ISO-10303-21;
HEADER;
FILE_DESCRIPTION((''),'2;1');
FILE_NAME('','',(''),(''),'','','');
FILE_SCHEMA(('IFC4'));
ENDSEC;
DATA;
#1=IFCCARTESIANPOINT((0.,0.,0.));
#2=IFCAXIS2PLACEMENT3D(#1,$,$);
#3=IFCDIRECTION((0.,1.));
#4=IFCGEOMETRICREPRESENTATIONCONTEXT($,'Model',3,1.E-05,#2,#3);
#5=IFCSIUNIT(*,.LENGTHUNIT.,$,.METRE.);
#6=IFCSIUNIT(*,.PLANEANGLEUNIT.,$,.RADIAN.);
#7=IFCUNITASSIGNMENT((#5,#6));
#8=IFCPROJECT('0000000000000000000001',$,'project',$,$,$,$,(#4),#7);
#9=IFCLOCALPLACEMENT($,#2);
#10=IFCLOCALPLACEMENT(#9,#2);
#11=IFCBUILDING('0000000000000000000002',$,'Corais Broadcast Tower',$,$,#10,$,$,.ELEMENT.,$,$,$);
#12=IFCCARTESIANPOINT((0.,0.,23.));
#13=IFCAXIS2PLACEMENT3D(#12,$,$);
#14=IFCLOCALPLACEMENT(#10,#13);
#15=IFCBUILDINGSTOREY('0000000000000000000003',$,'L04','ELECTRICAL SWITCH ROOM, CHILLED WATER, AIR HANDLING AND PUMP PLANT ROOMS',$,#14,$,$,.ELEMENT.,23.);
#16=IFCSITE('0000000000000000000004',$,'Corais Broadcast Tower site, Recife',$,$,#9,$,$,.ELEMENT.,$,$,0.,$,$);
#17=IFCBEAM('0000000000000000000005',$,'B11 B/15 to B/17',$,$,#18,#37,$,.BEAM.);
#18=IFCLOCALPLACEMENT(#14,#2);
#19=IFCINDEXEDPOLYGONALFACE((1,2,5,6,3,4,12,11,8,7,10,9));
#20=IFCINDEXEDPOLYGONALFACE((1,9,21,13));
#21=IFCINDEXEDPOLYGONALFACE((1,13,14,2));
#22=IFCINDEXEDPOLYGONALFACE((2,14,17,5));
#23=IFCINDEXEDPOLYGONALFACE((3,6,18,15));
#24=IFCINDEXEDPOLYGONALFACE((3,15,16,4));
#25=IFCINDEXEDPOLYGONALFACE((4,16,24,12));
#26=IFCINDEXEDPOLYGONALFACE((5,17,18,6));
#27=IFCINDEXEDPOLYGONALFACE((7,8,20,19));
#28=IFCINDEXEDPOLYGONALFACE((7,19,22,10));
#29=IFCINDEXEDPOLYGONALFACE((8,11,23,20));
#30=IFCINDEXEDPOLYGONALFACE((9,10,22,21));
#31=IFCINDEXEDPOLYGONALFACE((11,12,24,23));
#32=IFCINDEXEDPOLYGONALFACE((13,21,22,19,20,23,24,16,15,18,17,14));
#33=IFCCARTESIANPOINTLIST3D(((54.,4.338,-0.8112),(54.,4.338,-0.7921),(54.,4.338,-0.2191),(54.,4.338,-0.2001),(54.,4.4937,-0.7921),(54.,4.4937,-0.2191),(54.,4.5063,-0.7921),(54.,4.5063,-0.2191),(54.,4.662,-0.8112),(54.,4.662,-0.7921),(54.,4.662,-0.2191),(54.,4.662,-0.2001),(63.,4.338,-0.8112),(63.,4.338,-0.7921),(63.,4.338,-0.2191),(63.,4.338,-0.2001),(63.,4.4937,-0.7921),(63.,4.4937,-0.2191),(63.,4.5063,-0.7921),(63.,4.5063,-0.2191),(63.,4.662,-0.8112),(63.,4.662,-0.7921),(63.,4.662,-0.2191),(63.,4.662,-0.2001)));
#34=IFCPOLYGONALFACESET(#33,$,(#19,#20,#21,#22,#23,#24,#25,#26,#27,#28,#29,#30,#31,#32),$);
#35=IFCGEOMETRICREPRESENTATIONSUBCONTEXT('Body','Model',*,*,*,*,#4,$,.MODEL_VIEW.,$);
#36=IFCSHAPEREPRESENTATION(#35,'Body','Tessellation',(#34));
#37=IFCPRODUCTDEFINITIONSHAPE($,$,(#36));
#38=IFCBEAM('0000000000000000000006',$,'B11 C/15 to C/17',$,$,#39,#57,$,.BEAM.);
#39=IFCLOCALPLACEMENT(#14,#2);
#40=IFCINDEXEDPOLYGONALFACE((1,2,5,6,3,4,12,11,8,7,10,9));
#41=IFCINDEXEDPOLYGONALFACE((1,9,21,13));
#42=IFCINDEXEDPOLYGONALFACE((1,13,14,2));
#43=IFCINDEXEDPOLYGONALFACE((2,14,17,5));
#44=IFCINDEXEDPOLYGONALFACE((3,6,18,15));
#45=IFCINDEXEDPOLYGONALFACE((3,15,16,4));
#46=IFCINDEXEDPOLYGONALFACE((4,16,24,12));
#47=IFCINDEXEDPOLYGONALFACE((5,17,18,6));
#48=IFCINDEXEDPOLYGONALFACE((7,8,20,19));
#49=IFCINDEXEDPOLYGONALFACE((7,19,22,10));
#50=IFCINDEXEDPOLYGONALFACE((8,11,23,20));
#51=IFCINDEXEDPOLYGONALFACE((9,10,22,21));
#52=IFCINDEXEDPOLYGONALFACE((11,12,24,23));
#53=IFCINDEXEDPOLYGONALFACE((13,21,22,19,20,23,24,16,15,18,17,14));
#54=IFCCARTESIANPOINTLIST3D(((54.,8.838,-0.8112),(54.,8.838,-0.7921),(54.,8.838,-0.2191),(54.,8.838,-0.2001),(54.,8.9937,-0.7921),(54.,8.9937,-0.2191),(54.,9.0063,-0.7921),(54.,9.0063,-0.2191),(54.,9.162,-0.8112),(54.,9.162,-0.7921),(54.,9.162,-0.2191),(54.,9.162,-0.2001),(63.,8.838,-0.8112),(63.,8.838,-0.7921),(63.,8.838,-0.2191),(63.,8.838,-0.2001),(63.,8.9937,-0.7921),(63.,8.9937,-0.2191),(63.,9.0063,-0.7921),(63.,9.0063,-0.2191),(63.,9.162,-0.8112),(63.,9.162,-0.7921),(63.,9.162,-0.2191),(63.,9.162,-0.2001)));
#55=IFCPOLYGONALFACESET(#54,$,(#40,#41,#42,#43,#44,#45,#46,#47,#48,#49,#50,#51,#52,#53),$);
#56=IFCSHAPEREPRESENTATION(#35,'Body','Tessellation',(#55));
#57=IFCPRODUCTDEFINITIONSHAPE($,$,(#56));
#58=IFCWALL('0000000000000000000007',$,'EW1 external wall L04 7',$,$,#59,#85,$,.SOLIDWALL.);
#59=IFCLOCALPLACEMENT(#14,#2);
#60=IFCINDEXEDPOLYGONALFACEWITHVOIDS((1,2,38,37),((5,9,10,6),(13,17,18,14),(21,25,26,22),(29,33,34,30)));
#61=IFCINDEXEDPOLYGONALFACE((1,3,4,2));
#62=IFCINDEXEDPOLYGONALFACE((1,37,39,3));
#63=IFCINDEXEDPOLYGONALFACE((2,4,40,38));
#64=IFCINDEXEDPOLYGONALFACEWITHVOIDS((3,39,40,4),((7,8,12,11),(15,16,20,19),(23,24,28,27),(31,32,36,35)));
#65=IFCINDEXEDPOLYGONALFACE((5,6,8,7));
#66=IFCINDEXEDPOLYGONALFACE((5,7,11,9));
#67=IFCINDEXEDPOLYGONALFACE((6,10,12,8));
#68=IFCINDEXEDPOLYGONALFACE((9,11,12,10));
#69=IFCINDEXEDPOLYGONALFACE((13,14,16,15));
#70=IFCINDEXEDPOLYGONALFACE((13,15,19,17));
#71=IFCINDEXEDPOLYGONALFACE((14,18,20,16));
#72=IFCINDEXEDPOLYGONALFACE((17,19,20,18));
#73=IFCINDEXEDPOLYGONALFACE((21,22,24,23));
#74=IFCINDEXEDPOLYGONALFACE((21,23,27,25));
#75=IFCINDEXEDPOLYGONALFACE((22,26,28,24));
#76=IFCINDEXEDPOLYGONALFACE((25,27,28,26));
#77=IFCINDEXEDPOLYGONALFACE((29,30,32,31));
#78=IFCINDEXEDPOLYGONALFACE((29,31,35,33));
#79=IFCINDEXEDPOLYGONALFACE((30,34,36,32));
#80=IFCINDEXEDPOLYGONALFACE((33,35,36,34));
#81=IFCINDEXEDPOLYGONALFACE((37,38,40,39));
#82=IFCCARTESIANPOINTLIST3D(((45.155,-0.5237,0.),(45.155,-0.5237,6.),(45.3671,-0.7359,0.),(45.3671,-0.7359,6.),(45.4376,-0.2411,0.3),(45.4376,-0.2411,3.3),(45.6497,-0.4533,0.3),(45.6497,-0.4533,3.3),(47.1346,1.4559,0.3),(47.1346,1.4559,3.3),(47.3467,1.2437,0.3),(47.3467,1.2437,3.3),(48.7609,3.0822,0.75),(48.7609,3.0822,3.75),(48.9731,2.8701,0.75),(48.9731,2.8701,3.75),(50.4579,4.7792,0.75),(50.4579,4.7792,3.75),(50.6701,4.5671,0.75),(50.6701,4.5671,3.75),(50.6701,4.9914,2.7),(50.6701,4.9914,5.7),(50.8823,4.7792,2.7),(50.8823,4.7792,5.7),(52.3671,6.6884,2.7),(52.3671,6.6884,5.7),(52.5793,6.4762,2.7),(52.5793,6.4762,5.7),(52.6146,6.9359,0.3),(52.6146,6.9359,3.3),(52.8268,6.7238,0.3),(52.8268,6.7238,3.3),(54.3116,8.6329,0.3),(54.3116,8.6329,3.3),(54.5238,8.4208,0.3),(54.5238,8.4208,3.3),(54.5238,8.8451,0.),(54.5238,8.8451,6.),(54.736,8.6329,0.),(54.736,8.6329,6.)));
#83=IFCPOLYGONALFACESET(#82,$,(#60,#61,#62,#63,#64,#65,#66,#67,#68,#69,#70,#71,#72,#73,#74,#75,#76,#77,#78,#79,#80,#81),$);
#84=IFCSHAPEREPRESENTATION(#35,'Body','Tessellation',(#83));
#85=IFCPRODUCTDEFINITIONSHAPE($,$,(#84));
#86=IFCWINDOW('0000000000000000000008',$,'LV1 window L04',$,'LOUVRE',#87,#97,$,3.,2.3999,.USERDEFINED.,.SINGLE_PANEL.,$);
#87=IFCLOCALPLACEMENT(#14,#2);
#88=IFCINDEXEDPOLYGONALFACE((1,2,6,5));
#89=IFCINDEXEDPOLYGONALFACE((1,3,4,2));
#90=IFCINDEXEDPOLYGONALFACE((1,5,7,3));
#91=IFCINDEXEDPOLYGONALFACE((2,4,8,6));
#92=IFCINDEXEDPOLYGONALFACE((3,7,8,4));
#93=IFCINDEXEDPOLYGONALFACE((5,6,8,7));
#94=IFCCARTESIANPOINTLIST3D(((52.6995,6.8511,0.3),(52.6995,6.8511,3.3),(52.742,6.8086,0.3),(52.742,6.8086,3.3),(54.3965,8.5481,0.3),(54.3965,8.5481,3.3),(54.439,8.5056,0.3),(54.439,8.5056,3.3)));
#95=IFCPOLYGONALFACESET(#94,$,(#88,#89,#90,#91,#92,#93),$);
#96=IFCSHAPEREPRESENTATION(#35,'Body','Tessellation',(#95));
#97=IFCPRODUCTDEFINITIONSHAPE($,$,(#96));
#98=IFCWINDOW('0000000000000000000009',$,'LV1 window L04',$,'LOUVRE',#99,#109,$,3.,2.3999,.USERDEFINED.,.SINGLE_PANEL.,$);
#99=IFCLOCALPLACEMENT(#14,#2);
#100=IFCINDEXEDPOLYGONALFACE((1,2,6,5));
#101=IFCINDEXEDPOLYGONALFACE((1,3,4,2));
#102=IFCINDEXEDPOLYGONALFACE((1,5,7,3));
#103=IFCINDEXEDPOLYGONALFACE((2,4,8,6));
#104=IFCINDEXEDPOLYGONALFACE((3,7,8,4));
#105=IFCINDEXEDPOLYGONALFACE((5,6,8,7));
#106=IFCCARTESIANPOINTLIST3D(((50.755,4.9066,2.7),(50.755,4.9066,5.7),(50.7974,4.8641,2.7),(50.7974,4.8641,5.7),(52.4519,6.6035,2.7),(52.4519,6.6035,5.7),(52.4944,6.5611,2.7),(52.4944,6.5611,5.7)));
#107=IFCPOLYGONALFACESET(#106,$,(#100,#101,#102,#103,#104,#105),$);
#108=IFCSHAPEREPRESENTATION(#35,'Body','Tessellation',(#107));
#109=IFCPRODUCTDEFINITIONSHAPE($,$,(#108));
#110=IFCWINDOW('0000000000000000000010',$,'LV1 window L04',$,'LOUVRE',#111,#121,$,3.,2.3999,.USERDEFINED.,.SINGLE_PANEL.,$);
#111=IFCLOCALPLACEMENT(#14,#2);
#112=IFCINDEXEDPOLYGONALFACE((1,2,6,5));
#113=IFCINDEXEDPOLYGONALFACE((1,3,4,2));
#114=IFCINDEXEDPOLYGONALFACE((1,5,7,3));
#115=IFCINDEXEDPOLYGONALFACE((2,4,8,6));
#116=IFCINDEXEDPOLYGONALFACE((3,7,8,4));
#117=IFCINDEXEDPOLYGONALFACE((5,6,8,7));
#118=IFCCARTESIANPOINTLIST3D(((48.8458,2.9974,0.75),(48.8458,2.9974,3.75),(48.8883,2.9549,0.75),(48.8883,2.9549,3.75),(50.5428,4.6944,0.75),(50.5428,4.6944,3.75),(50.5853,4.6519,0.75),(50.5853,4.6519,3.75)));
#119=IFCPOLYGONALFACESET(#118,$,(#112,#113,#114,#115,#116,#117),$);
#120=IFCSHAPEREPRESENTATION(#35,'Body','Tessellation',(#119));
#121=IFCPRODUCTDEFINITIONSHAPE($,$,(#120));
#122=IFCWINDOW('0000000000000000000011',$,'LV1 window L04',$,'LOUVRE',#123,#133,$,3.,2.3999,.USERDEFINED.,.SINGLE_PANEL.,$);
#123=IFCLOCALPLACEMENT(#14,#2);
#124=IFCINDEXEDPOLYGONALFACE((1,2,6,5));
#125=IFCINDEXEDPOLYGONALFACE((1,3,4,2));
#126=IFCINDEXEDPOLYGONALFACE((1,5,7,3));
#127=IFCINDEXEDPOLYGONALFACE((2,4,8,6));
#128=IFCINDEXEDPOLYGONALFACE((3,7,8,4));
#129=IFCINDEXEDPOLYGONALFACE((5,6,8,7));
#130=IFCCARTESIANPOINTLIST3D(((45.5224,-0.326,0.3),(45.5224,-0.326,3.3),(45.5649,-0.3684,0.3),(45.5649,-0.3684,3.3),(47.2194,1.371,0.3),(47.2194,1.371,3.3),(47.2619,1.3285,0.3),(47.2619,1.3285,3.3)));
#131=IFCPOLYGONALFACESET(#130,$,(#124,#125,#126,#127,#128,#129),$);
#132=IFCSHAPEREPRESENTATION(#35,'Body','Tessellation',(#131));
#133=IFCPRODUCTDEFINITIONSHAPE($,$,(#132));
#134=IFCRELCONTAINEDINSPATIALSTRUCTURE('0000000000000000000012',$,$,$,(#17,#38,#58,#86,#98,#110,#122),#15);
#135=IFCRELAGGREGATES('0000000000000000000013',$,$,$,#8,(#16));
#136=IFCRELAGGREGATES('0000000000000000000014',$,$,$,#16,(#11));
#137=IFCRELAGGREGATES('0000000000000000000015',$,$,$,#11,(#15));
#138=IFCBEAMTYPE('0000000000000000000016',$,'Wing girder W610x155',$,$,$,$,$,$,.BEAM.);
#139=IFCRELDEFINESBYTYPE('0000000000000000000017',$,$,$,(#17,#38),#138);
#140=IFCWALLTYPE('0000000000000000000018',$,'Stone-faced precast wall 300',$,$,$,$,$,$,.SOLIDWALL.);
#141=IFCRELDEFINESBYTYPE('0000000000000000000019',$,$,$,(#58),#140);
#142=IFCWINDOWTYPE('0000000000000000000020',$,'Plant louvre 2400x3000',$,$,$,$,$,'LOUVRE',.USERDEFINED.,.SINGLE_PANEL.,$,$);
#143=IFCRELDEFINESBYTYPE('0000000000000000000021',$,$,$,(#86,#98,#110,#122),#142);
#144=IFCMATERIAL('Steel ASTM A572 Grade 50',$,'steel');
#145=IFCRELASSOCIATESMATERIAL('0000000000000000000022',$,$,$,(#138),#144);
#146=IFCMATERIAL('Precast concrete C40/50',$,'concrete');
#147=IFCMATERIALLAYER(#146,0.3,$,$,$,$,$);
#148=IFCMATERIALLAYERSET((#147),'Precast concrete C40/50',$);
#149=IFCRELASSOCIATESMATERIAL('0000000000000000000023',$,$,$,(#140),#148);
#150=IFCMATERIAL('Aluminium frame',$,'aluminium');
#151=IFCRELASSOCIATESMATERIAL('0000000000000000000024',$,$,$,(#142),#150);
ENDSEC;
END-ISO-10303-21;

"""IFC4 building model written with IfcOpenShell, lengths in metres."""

from ifc_helpers import new_model, si_unit, direction, frame, frame_2d, origin, origin_2d, place, context, subcontext, project, spatial, rectangle, i_section, extrude, material, layer, layer_set, material_profile, profile_set, type_object, element, fill, save


model = new_model("IFC4")

# Units and contexts
model_context = context("Model", 3, precision=1e-05, world=origin(), true_north=direction((0.0, 1.0)))
body_context = subcontext(model_context, "Body", "Model", "MODEL_VIEW")
ifc_project = project(units=[si_unit("LENGTHUNIT", "METRE"), si_unit("PLANEANGLEUNIT", "RADIAN")], contexts=[model_context])

# Site, building, storey
site_placement = place(None, origin())
site = spatial("IfcSite", under=ifc_project, at=site_placement, Name="Corais Broadcast Tower site, Recife", CompositionType="ELEMENT", RefElevation=0.0)
building_placement = place(site_placement, origin())
building = spatial("IfcBuilding", under=site, at=building_placement, Name="Corais Broadcast Tower", CompositionType="ELEMENT")
storey_placement = place(building_placement, frame((0.0, 0.0, 23.0)))
storey = spatial("IfcBuildingStorey", under=building, at=storey_placement, Name="L04", Description="ELECTRICAL SWITCH ROOM, CHILLED WATER, AIR HANDLING AND PUMP PLANT ROOMS", CompositionType="ELEMENT", Elevation=23.0)

# Beams
ifc_material_1 = material(Name="Steel ASTM A572 Grade 50", Category="steel")
ifc_material_profile_1 = material_profile(ifc_material_1, i_section(OverallWidth=0.324, OverallDepth=0.6111, WebThickness=0.0127, FlangeThickness=0.019, at=origin_2d()), Name="W610x155")
ifc_profile_set_1 = profile_set([ifc_material_profile_1], Name="Steel ASTM A572 Grade 50")
beam_type_1 = type_object("IfcBeamType", Name="Wing girder W610x155", PredefinedType="BEAM", material=ifc_profile_set_1)
for number, where, z_axis, x_axis, name in (
    (1, (54.0, 4.5, -0.5056), (1.0, 0.0, 0.0), (0.0, 1.0, 0.0), "B11 B/15 to B/17"),
    (2, (54.0, 9.0, -0.5056), (1.0, 0.0, 0.0), (0.0, 1.0, 0.0), "B11 C/15 to C/17"),
):
    element("IfcBeam", number, at=place(storey_placement, frame(where, z_axis=z_axis, x_axis=x_axis)), inside=storey, type_object=beam_type_1, Name=name, PredefinedType="BEAM", context=body_context, shape_type="SweptSolid", body=[
        extrude(i_section(OverallWidth=0.324, OverallDepth=0.6111, WebThickness=0.0127, FlangeThickness=0.019, at=origin_2d()), origin(), (0.0, 0.0, 1.0), 9.0),
    ])

# Wall, openings, windows
ifc_material_2 = material(Name="Precast concrete C40/50", Category="concrete")
ifc_layer = layer(ifc_material_2, 0.3)
ifc_layer_set = layer_set([ifc_layer], Name="Precast concrete C40/50")
wall_type = type_object("IfcWallType", Name="Stone-faced precast wall 300", PredefinedType="SOLIDWALL", material=ifc_layer_set)
wall_placement = place(storey_placement, frame((54.6299, 8.739, 0.0), z_axis=(0.0, 0.0, 1.0), x_axis=(-0.707107, -0.707107, 0.0)))
wall = element("IfcWall", 3, at=wall_placement, inside=storey, type_object=wall_type, Name="EW1 external wall L04 7", PredefinedType="SOLIDWALL", context=body_context, shape_type="SweptSolid", body=[
    extrude(rectangle(XDim=13.2495, YDim=0.3, at=frame_2d((6.6248, 0.0))), origin(), (0.0, 0.0, 1.0), 6.0),
])
opening_1_placement = place(wall_placement, frame((0.3, 0.0, 0.3)))
opening_1 = element("IfcOpeningElement", 4, at=opening_1_placement, cuts=wall, PredefinedType="OPENING", context=body_context, shape_type="SweptSolid", body=[
    extrude(rectangle(XDim=2.3999, YDim=3.0, at=frame_2d((1.2, 1.5))), frame((0.0, 0.1599, 0.0), z_axis=(0.0, -1.0, 0.0), x_axis=(1.0, 0.0, 0.0)), (0.0, 0.0, 1.0), 0.3201),
])
opening_2_placement = place(wall_placement, frame((3.05, 0.0, 2.7)))
opening_2 = element("IfcOpeningElement", 5, at=opening_2_placement, cuts=wall, PredefinedType="OPENING", context=body_context, shape_type="SweptSolid", body=[
    extrude(rectangle(XDim=2.3999, YDim=3.0, at=frame_2d((1.2, 1.5))), frame((0.0, 0.1599, 0.0), z_axis=(0.0, -1.0, 0.0), x_axis=(1.0, 0.0, 0.0)), (0.0, 0.0, 1.0), 0.3201),
])
opening_3_placement = place(wall_placement, frame((5.75, 0.0, 0.75)))
opening_3 = element("IfcOpeningElement", 6, at=opening_3_placement, cuts=wall, PredefinedType="OPENING", context=body_context, shape_type="SweptSolid", body=[
    extrude(rectangle(XDim=2.3999, YDim=3.0, at=frame_2d((1.2, 1.5))), frame((0.0, 0.1599, 0.0), z_axis=(0.0, -1.0, 0.0), x_axis=(1.0, 0.0, 0.0)), (0.0, 0.0, 1.0), 0.3201),
])
opening_4_placement = place(wall_placement, frame((10.45, 0.0, 0.3)))
opening_4 = element("IfcOpeningElement", 7, at=opening_4_placement, cuts=wall, PredefinedType="OPENING", context=body_context, shape_type="SweptSolid", body=[
    extrude(rectangle(XDim=2.3999, YDim=3.0, at=frame_2d((1.2, 1.5))), frame((0.0, 0.1599, 0.0), z_axis=(0.0, -1.0, 0.0), x_axis=(1.0, 0.0, 0.0)), (0.0, 0.0, 1.0), 0.3201),
])
ifc_material_3 = material(Name="Aluminium frame", Category="aluminium")
window_type = type_object("IfcWindowType", Name="Plant louvre 2400x3000", ElementType="LOUVRE", PartitioningType="SINGLE_PANEL", PredefinedType="USERDEFINED", material=ifc_material_3)
window_1_placement = place(opening_1_placement, origin())
window_1 = element("IfcWindow", 8, at=window_1_placement, inside=storey, type_object=window_type, Name="LV1 window L04", ObjectType="LOUVRE", OverallHeight=3.0, OverallWidth=2.3999, PartitioningType="SINGLE_PANEL", PredefinedType="USERDEFINED", context=body_context, shape_type="SweptSolid", body=[
    extrude(rectangle(XDim=2.3999, YDim=3.0, at=frame_2d((1.2, 1.5))), frame((0.0, 0.03, 0.0), z_axis=(0.0, -1.0, 0.0), x_axis=(1.0, 0.0, 0.0)), (0.0, 0.0, 1.0), 0.0601),
])
fill(opening_1, window_1)
window_2_placement = place(opening_2_placement, origin())
window_2 = element("IfcWindow", 9, at=window_2_placement, inside=storey, type_object=window_type, Name="LV1 window L04", ObjectType="LOUVRE", OverallHeight=3.0, OverallWidth=2.3999, PartitioningType="SINGLE_PANEL", PredefinedType="USERDEFINED", context=body_context, shape_type="SweptSolid", body=[
    extrude(rectangle(XDim=2.3999, YDim=3.0, at=frame_2d((1.2, 1.5))), frame((0.0, 0.03, 0.0), z_axis=(0.0, -1.0, 0.0), x_axis=(1.0, 0.0, 0.0)), (0.0, 0.0, 1.0), 0.0601),
])
fill(opening_2, window_2)
window_3_placement = place(opening_3_placement, origin())
window_3 = element("IfcWindow", 10, at=window_3_placement, inside=storey, type_object=window_type, Name="LV1 window L04", ObjectType="LOUVRE", OverallHeight=3.0, OverallWidth=2.3999, PartitioningType="SINGLE_PANEL", PredefinedType="USERDEFINED", context=body_context, shape_type="SweptSolid", body=[
    extrude(rectangle(XDim=2.3999, YDim=3.0, at=frame_2d((1.2, 1.5))), frame((0.0, 0.03, 0.0), z_axis=(0.0, -1.0, 0.0), x_axis=(1.0, 0.0, 0.0)), (0.0, 0.0, 1.0), 0.0601),
])
fill(opening_3, window_3)
window_4_placement = place(opening_4_placement, origin())
window_4 = element("IfcWindow", 11, at=window_4_placement, inside=storey, type_object=window_type, Name="LV1 window L04", ObjectType="LOUVRE", OverallHeight=3.0, OverallWidth=2.3999, PartitioningType="SINGLE_PANEL", PredefinedType="USERDEFINED", context=body_context, shape_type="SweptSolid", body=[
    extrude(rectangle(XDim=2.3999, YDim=3.0, at=frame_2d((1.2, 1.5))), frame((0.0, 0.03, 0.0), z_axis=(0.0, -1.0, 0.0), x_axis=(1.0, 0.0, 0.0)), (0.0, 0.0, 1.0), 0.0601),
])
fill(opening_4, window_4)

save(model, "model.ifc")
